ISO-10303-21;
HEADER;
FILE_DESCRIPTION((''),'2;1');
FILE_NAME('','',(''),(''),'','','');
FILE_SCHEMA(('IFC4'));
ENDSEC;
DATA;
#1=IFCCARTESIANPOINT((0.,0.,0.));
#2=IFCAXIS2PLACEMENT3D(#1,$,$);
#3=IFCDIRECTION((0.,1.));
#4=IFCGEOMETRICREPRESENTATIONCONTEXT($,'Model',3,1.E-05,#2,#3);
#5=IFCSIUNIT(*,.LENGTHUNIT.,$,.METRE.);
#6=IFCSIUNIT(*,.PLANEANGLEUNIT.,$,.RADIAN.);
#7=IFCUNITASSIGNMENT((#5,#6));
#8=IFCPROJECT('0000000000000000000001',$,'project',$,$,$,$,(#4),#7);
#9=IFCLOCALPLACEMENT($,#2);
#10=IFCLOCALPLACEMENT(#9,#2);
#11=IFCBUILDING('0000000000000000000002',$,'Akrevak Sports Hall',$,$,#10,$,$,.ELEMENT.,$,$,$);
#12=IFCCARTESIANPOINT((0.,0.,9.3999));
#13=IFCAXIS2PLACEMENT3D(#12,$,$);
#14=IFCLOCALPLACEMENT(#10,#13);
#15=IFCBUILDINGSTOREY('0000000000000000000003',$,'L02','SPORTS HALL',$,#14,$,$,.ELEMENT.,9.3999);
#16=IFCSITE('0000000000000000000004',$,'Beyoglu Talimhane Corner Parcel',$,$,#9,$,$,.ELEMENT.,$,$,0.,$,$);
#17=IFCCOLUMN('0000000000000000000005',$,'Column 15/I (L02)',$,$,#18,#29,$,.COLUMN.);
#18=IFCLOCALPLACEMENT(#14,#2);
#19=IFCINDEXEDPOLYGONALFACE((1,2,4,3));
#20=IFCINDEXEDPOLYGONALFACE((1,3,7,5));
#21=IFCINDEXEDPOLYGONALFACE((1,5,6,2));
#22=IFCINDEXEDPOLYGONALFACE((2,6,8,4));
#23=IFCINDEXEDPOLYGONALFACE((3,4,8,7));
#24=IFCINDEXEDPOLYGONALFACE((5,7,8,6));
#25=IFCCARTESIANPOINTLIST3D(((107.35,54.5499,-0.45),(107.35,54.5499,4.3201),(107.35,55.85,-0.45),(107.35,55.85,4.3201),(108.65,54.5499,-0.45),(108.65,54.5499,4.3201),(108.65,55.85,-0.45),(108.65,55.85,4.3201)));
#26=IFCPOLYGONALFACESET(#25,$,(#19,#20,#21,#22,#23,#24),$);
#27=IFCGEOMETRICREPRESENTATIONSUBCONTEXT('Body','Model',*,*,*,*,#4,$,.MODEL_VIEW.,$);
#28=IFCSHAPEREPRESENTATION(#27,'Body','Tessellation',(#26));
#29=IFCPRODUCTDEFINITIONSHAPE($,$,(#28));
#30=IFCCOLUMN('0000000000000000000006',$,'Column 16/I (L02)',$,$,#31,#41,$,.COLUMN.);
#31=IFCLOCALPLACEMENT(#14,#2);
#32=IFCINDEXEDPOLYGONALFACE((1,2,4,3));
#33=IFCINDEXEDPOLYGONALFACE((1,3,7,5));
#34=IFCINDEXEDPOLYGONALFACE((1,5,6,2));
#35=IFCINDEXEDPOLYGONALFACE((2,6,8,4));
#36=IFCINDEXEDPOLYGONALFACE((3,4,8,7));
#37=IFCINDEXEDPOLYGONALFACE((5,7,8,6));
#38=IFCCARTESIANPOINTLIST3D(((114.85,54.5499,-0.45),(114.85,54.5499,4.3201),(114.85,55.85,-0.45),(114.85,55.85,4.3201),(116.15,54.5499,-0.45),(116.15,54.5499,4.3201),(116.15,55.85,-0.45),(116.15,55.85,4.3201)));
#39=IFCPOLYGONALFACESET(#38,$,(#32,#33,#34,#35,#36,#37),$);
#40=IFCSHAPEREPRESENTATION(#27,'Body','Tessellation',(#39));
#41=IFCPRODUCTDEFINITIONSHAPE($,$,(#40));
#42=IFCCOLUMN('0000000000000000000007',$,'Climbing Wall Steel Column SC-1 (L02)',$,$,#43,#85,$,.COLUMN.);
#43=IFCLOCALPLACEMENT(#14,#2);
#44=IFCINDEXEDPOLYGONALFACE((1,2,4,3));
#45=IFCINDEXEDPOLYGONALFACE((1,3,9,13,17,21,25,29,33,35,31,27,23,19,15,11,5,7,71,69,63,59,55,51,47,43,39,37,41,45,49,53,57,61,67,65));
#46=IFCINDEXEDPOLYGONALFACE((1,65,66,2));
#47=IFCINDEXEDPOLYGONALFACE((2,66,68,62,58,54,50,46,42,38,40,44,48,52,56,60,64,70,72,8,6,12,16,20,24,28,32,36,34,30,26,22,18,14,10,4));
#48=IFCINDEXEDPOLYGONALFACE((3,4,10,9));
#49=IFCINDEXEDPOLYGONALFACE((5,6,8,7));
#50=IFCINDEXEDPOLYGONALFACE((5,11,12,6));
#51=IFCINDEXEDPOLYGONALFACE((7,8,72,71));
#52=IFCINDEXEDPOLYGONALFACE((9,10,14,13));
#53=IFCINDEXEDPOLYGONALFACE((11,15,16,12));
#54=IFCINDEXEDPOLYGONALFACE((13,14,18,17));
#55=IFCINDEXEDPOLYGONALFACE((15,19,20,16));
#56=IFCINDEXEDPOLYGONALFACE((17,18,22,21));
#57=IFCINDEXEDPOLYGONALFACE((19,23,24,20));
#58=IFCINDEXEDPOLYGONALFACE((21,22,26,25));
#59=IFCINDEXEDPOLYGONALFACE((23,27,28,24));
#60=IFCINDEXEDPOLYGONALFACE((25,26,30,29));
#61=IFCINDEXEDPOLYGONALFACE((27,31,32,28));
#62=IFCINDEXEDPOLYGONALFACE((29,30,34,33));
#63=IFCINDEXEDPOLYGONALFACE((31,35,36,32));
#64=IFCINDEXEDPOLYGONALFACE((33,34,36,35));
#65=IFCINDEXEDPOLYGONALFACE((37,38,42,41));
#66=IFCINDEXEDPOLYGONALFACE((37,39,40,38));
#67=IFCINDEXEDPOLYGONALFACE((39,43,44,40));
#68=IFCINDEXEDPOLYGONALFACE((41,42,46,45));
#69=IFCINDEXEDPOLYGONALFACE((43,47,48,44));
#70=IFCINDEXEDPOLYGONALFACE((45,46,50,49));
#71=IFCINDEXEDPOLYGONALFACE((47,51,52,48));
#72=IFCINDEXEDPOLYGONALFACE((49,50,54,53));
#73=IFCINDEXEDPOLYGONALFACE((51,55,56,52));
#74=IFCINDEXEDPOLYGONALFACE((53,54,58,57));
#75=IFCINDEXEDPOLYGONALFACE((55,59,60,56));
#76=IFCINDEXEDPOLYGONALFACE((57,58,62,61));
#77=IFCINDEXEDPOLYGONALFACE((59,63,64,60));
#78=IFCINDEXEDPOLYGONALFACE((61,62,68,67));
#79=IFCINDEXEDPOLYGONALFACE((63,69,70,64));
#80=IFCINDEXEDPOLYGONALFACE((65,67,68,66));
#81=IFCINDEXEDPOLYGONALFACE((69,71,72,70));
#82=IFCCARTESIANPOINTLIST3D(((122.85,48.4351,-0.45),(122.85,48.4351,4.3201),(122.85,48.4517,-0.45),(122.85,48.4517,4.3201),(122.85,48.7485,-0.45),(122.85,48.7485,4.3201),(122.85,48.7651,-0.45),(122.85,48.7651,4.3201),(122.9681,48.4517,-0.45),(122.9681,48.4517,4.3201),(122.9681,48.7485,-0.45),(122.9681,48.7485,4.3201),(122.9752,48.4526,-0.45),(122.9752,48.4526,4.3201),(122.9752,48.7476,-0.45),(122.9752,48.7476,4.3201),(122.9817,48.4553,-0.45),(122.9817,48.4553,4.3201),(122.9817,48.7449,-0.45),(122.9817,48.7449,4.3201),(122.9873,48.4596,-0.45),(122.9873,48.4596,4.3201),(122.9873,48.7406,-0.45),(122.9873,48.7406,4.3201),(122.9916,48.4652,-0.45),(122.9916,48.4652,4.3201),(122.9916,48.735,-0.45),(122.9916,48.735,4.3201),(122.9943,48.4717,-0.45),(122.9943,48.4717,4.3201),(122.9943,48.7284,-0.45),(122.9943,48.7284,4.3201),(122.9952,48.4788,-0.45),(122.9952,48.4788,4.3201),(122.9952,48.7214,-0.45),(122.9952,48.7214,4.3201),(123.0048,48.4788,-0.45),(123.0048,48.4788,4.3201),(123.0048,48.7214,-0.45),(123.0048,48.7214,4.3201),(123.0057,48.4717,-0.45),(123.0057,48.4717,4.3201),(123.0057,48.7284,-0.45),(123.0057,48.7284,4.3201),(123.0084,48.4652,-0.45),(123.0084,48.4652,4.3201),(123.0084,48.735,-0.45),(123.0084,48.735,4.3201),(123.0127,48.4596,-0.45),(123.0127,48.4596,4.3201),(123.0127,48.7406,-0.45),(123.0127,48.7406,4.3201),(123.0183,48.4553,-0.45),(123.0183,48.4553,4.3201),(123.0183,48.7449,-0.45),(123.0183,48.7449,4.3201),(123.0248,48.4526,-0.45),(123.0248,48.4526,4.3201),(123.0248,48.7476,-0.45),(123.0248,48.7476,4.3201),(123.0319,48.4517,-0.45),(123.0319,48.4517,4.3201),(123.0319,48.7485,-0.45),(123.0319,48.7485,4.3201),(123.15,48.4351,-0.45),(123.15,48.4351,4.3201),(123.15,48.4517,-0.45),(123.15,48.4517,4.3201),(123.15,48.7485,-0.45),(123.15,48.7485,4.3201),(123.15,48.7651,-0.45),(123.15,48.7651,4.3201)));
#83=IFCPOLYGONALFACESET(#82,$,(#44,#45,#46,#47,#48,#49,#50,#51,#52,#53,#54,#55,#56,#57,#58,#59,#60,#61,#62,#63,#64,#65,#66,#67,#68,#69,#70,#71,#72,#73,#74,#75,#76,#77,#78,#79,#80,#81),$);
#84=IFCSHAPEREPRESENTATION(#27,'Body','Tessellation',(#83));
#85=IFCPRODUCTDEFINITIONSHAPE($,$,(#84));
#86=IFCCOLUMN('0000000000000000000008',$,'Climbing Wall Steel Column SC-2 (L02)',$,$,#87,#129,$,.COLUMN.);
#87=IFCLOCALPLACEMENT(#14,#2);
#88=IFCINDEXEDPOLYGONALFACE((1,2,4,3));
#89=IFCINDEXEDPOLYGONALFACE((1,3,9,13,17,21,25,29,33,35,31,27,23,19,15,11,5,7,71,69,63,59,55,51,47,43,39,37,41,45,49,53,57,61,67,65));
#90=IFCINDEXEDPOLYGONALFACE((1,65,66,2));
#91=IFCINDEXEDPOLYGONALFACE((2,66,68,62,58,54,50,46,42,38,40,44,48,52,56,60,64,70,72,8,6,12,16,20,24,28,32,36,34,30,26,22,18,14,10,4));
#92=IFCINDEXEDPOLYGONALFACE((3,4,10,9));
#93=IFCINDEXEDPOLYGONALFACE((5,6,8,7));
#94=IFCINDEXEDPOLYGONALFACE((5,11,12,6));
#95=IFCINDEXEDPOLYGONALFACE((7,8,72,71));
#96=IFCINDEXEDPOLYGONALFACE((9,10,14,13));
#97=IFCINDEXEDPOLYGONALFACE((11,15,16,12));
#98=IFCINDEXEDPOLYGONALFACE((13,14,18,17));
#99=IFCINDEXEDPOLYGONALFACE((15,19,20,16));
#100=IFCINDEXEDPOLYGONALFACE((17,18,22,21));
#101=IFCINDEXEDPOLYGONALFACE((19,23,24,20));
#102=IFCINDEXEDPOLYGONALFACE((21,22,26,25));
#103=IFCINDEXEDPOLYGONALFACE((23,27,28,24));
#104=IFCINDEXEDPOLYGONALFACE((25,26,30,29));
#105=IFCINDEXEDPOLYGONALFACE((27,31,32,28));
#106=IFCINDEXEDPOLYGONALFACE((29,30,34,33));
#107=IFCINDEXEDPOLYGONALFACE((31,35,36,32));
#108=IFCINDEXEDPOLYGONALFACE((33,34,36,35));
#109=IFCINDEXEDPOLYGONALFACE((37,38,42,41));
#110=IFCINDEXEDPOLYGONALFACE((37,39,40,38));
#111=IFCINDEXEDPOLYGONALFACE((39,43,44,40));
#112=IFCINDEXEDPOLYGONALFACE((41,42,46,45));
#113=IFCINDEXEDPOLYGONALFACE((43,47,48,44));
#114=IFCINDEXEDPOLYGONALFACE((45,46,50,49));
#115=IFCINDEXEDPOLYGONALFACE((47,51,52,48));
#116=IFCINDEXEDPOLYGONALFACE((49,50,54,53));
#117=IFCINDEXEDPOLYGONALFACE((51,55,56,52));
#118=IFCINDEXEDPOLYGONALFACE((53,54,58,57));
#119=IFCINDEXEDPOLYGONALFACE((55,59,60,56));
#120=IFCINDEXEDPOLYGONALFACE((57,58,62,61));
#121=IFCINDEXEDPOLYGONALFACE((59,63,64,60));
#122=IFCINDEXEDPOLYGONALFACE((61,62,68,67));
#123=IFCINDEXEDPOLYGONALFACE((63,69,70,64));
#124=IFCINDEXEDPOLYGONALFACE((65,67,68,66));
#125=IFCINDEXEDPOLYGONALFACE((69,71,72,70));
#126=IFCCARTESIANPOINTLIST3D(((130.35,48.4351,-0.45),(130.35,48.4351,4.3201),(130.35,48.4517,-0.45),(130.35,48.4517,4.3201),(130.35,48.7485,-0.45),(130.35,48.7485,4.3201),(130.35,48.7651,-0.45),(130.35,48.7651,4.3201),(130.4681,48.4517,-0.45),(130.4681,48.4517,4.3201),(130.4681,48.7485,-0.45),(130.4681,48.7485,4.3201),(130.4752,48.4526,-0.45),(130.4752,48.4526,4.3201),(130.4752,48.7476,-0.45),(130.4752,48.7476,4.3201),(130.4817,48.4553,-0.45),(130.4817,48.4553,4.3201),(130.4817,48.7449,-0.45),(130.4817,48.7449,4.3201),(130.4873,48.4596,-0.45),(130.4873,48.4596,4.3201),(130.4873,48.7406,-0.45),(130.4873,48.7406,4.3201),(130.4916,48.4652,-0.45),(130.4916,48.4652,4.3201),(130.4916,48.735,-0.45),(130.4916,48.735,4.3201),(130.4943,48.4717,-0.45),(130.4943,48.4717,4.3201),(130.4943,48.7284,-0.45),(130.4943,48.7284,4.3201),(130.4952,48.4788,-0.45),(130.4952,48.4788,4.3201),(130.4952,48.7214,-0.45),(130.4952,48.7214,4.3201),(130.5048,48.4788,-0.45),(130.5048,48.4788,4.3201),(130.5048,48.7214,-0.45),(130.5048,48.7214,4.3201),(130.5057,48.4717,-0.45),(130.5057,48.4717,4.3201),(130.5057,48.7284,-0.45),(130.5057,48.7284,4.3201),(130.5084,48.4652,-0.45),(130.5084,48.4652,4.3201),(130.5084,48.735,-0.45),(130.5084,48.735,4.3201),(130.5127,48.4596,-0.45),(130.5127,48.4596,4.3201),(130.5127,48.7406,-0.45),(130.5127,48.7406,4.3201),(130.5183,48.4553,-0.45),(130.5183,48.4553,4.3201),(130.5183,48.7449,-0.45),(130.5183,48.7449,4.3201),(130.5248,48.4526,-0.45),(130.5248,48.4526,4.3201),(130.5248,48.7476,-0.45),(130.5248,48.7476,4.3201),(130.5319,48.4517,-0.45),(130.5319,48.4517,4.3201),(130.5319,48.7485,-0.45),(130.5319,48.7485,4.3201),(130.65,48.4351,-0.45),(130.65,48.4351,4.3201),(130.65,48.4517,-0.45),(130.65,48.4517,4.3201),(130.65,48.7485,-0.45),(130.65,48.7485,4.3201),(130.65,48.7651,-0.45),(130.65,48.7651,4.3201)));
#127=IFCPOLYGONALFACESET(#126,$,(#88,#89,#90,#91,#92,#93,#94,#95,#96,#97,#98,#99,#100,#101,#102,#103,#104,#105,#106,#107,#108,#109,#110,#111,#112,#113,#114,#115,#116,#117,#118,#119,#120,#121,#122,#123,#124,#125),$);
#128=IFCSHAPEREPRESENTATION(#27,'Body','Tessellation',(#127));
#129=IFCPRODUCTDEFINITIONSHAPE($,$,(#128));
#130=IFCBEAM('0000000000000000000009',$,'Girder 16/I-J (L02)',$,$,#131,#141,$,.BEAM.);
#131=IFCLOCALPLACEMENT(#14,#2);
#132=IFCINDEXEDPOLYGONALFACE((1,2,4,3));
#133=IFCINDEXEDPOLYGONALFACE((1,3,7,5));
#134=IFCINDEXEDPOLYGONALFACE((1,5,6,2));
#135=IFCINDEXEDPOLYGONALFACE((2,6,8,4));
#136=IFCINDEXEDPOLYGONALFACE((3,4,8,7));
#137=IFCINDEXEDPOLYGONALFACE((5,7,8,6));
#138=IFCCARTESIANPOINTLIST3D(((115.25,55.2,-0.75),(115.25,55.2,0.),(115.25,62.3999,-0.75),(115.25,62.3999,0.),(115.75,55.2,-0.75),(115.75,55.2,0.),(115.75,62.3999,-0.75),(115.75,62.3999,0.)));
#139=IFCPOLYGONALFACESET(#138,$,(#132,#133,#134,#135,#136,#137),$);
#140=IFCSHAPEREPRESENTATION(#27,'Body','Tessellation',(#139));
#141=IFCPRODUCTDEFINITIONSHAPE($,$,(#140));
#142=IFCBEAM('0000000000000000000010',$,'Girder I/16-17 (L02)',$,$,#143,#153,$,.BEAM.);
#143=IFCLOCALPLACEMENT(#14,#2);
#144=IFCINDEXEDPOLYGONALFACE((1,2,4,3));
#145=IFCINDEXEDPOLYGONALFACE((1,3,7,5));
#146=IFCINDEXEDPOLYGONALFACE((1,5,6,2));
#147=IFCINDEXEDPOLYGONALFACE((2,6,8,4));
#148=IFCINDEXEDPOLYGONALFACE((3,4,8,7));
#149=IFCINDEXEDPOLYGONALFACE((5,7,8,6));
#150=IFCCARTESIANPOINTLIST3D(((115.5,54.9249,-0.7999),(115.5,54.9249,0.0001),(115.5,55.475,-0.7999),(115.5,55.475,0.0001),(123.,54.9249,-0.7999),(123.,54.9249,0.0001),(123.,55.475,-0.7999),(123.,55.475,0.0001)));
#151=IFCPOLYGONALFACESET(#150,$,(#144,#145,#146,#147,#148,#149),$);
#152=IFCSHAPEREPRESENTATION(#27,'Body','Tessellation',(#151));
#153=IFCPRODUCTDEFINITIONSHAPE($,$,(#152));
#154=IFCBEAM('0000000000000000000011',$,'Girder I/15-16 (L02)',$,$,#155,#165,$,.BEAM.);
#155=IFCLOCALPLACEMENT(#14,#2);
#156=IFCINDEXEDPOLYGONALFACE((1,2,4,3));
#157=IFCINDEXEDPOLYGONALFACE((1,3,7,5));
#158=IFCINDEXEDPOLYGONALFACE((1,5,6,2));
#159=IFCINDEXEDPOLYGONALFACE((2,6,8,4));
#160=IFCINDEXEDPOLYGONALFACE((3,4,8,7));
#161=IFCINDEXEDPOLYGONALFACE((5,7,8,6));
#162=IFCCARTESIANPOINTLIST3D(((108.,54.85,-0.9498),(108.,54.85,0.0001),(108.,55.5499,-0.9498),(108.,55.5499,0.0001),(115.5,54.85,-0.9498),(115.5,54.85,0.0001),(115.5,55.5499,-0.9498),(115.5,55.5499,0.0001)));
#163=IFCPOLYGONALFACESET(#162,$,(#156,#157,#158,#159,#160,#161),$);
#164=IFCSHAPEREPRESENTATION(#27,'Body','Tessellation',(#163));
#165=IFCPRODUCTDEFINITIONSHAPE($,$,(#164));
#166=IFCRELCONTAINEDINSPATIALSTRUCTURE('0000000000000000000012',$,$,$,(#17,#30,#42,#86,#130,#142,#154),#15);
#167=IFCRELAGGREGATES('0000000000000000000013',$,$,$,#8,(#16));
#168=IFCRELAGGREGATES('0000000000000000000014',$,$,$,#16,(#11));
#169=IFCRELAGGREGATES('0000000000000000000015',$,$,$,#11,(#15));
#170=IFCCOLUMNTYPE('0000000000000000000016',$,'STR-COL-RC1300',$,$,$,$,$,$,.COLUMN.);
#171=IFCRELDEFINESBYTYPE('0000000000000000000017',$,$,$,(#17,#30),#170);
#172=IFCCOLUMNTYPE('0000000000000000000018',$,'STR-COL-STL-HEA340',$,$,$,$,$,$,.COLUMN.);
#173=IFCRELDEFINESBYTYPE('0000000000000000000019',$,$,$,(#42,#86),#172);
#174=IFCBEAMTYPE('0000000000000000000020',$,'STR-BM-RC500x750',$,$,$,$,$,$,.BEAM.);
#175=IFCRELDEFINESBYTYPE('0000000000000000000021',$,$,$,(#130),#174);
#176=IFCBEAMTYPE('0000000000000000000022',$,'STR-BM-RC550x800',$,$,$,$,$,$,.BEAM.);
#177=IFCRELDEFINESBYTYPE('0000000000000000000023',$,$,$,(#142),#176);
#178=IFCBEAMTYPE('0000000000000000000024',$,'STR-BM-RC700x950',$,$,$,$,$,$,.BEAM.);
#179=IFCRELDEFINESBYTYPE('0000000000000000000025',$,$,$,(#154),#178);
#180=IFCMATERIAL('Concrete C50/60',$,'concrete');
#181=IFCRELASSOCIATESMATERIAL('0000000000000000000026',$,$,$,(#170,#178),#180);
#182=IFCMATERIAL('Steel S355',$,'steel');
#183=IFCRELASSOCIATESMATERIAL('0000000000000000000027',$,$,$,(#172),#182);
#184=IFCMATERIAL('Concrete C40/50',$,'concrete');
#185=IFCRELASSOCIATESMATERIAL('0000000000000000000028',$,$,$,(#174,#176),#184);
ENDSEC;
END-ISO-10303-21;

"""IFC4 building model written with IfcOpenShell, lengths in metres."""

from ifc_helpers import new_model, si_unit, direction, frame, origin, origin_2d, place, context, subcontext, project, spatial, rectangle, i_section, extrude, material, material_profile, profile_set, type_object, element, save


model = new_model("IFC4")

# Units and contexts
model_context = context("Model", 3, precision=1e-05, world=origin(), true_north=direction((0.0, 1.0)))
body_context = subcontext(model_context, "Body", "Model", "MODEL_VIEW")
ifc_project = project(units=[si_unit("LENGTHUNIT", "METRE"), si_unit("PLANEANGLEUNIT", "RADIAN")], contexts=[model_context])

# Site, building, storey
site_placement = place(None, origin())
site = spatial("IfcSite", under=ifc_project, at=site_placement, Name="Beyoglu Talimhane Corner Parcel", CompositionType="ELEMENT", RefElevation=0.0)
building_placement = place(site_placement, origin())
building = spatial("IfcBuilding", under=site, at=building_placement, Name="Akrevak Sports Hall", CompositionType="ELEMENT")
storey_placement = place(building_placement, frame((0.0, 0.0, 9.3999)))
storey = spatial("IfcBuildingStorey", under=building, at=storey_placement, Name="L02", Description="SPORTS HALL", CompositionType="ELEMENT", Elevation=9.3999)

# Columns
ifc_material_1 = material(Name="Concrete C50/60", Category="concrete")
ifc_material_profile_1 = material_profile(ifc_material_1, rectangle(XDim=1.3, YDim=1.3, at=origin_2d()), Name="RC 1300x1300", Category="concrete")
ifc_profile_set_1 = profile_set([ifc_material_profile_1], Name="Concrete C50/60")
column_type_1 = type_object("IfcColumnType", Name="STR-COL-RC1300", PredefinedType="COLUMN", material=ifc_profile_set_1)
for number, where, z_axis, x_axis, name in (
    (1, (108.0, 55.2, -0.45), (0.0, 0.0, 1.0), (1.0, 0.0, 0.0), "Column 15/I (L02)"),
    (2, (115.5, 55.2, -0.45), (0.0, 0.0, 1.0), (1.0, 0.0, 0.0), "Column 16/I (L02)"),
):
    element("IfcColumn", number, at=place(storey_placement, frame(where, z_axis=z_axis, x_axis=x_axis)), inside=storey, type_object=column_type_1, Name=name, PredefinedType="COLUMN", context=body_context, shape_type="SweptSolid", body=[
        extrude(rectangle(XDim=1.3, YDim=1.3, at=origin_2d()), origin(), (0.0, 0.0, 1.0), 4.77),
    ])
ifc_material_2 = material(Name="Steel S355", Category="steel")
ifc_material_profile_2 = material_profile(ifc_material_2, i_section(OverallWidth=0.3, OverallDepth=0.3301, WebThickness=0.0095, FlangeThickness=0.0166, FilletRadius=0.0271, at=origin_2d()), Name="HEA 340", Category="steel")
ifc_profile_set_2 = profile_set([ifc_material_profile_2], Name="Steel S355")
column_type_2 = type_object("IfcColumnType", Name="STR-COL-STL-HEA340", PredefinedType="COLUMN", material=ifc_profile_set_2)
for number, where, z_axis, x_axis, name in (
    (3, (123.0, 48.6001, -0.45), (0.0, 0.0, 1.0), (1.0, 0.0, 0.0), "Climbing Wall Steel Column SC-1 (L02)"),
    (4, (130.5, 48.6001, -0.45), (0.0, 0.0, 1.0), (1.0, 0.0, 0.0), "Climbing Wall Steel Column SC-2 (L02)"),
):
    element("IfcColumn", number, at=place(storey_placement, frame(where, z_axis=z_axis, x_axis=x_axis)), inside=storey, type_object=column_type_2, Name=name, PredefinedType="COLUMN", context=body_context, shape_type="SweptSolid", body=[
        extrude(i_section(OverallWidth=0.3, OverallDepth=0.3301, WebThickness=0.0095, FlangeThickness=0.0166, FilletRadius=0.0271, at=origin_2d()), origin(), (0.0, 0.0, 1.0), 4.77),
    ])

# Beams
ifc_material_3 = material(Name="Concrete C40/50", Category="concrete")
ifc_material_profile_3 = material_profile(ifc_material_3, rectangle(XDim=0.5, YDim=0.75, at=origin_2d()), Name="BM 500x750", Category="concrete")
ifc_profile_set_3 = profile_set([ifc_material_profile_3], Name="Concrete C40/50")
beam_type_1 = type_object("IfcBeamType", Name="STR-BM-RC500x750", PredefinedType="BEAM", material=ifc_profile_set_3)
beam_1_placement = place(storey_placement, frame((115.5, 55.2, -0.375), z_axis=(0.0, 1.0, 0.0), x_axis=(-1.0, 0.0, 0.0)))
element("IfcBeam", 5, at=beam_1_placement, inside=storey, type_object=beam_type_1, Name="Girder 16/I-J (L02)", PredefinedType="BEAM", context=body_context, shape_type="SweptSolid", body=[
    extrude(rectangle(XDim=0.5, YDim=0.75, at=origin_2d()), origin(), (0.0, 0.0, 1.0), 7.2),
])
ifc_material_profile_4 = material_profile(ifc_material_3, rectangle(XDim=0.55, YDim=0.8, at=origin_2d()), Name="BM 550x800", Category="concrete")
ifc_profile_set_4 = profile_set([ifc_material_profile_4], Name="Concrete C40/50")
beam_type_2 = type_object("IfcBeamType", Name="STR-BM-RC550x800", PredefinedType="BEAM", material=ifc_profile_set_4)
beam_2_placement = place(storey_placement, frame((115.5, 55.2, -0.3999), z_axis=(1.0, 0.0, 0.0), x_axis=(0.0, 1.0, 0.0)))
element("IfcBeam", 6, at=beam_2_placement, inside=storey, type_object=beam_type_2, Name="Girder I/16-17 (L02)", PredefinedType="BEAM", context=body_context, shape_type="SweptSolid", body=[
    extrude(rectangle(XDim=0.55, YDim=0.8, at=origin_2d()), origin(), (0.0, 0.0, 1.0), 7.5),
])
ifc_material_profile_5 = material_profile(ifc_material_1, rectangle(XDim=0.7, YDim=0.95, at=origin_2d()), Name="BM 700x950", Category="concrete")
ifc_profile_set_5 = profile_set([ifc_material_profile_5], Name="Concrete C50/60")
beam_type_3 = type_object("IfcBeamType", Name="STR-BM-RC700x950", PredefinedType="BEAM", material=ifc_profile_set_5)
beam_3_placement = place(storey_placement, frame((108.0, 55.2, -0.4749), z_axis=(1.0, 0.0, 0.0), x_axis=(0.0, 1.0, 0.0)))
element("IfcBeam", 7, at=beam_3_placement, inside=storey, type_object=beam_type_3, Name="Girder I/15-16 (L02)", PredefinedType="BEAM", context=body_context, shape_type="SweptSolid", body=[
    extrude(rectangle(XDim=0.7, YDim=0.95, at=origin_2d()), origin(), (0.0, 0.0, 1.0), 7.5),
])

save(model, "model.ifc")
